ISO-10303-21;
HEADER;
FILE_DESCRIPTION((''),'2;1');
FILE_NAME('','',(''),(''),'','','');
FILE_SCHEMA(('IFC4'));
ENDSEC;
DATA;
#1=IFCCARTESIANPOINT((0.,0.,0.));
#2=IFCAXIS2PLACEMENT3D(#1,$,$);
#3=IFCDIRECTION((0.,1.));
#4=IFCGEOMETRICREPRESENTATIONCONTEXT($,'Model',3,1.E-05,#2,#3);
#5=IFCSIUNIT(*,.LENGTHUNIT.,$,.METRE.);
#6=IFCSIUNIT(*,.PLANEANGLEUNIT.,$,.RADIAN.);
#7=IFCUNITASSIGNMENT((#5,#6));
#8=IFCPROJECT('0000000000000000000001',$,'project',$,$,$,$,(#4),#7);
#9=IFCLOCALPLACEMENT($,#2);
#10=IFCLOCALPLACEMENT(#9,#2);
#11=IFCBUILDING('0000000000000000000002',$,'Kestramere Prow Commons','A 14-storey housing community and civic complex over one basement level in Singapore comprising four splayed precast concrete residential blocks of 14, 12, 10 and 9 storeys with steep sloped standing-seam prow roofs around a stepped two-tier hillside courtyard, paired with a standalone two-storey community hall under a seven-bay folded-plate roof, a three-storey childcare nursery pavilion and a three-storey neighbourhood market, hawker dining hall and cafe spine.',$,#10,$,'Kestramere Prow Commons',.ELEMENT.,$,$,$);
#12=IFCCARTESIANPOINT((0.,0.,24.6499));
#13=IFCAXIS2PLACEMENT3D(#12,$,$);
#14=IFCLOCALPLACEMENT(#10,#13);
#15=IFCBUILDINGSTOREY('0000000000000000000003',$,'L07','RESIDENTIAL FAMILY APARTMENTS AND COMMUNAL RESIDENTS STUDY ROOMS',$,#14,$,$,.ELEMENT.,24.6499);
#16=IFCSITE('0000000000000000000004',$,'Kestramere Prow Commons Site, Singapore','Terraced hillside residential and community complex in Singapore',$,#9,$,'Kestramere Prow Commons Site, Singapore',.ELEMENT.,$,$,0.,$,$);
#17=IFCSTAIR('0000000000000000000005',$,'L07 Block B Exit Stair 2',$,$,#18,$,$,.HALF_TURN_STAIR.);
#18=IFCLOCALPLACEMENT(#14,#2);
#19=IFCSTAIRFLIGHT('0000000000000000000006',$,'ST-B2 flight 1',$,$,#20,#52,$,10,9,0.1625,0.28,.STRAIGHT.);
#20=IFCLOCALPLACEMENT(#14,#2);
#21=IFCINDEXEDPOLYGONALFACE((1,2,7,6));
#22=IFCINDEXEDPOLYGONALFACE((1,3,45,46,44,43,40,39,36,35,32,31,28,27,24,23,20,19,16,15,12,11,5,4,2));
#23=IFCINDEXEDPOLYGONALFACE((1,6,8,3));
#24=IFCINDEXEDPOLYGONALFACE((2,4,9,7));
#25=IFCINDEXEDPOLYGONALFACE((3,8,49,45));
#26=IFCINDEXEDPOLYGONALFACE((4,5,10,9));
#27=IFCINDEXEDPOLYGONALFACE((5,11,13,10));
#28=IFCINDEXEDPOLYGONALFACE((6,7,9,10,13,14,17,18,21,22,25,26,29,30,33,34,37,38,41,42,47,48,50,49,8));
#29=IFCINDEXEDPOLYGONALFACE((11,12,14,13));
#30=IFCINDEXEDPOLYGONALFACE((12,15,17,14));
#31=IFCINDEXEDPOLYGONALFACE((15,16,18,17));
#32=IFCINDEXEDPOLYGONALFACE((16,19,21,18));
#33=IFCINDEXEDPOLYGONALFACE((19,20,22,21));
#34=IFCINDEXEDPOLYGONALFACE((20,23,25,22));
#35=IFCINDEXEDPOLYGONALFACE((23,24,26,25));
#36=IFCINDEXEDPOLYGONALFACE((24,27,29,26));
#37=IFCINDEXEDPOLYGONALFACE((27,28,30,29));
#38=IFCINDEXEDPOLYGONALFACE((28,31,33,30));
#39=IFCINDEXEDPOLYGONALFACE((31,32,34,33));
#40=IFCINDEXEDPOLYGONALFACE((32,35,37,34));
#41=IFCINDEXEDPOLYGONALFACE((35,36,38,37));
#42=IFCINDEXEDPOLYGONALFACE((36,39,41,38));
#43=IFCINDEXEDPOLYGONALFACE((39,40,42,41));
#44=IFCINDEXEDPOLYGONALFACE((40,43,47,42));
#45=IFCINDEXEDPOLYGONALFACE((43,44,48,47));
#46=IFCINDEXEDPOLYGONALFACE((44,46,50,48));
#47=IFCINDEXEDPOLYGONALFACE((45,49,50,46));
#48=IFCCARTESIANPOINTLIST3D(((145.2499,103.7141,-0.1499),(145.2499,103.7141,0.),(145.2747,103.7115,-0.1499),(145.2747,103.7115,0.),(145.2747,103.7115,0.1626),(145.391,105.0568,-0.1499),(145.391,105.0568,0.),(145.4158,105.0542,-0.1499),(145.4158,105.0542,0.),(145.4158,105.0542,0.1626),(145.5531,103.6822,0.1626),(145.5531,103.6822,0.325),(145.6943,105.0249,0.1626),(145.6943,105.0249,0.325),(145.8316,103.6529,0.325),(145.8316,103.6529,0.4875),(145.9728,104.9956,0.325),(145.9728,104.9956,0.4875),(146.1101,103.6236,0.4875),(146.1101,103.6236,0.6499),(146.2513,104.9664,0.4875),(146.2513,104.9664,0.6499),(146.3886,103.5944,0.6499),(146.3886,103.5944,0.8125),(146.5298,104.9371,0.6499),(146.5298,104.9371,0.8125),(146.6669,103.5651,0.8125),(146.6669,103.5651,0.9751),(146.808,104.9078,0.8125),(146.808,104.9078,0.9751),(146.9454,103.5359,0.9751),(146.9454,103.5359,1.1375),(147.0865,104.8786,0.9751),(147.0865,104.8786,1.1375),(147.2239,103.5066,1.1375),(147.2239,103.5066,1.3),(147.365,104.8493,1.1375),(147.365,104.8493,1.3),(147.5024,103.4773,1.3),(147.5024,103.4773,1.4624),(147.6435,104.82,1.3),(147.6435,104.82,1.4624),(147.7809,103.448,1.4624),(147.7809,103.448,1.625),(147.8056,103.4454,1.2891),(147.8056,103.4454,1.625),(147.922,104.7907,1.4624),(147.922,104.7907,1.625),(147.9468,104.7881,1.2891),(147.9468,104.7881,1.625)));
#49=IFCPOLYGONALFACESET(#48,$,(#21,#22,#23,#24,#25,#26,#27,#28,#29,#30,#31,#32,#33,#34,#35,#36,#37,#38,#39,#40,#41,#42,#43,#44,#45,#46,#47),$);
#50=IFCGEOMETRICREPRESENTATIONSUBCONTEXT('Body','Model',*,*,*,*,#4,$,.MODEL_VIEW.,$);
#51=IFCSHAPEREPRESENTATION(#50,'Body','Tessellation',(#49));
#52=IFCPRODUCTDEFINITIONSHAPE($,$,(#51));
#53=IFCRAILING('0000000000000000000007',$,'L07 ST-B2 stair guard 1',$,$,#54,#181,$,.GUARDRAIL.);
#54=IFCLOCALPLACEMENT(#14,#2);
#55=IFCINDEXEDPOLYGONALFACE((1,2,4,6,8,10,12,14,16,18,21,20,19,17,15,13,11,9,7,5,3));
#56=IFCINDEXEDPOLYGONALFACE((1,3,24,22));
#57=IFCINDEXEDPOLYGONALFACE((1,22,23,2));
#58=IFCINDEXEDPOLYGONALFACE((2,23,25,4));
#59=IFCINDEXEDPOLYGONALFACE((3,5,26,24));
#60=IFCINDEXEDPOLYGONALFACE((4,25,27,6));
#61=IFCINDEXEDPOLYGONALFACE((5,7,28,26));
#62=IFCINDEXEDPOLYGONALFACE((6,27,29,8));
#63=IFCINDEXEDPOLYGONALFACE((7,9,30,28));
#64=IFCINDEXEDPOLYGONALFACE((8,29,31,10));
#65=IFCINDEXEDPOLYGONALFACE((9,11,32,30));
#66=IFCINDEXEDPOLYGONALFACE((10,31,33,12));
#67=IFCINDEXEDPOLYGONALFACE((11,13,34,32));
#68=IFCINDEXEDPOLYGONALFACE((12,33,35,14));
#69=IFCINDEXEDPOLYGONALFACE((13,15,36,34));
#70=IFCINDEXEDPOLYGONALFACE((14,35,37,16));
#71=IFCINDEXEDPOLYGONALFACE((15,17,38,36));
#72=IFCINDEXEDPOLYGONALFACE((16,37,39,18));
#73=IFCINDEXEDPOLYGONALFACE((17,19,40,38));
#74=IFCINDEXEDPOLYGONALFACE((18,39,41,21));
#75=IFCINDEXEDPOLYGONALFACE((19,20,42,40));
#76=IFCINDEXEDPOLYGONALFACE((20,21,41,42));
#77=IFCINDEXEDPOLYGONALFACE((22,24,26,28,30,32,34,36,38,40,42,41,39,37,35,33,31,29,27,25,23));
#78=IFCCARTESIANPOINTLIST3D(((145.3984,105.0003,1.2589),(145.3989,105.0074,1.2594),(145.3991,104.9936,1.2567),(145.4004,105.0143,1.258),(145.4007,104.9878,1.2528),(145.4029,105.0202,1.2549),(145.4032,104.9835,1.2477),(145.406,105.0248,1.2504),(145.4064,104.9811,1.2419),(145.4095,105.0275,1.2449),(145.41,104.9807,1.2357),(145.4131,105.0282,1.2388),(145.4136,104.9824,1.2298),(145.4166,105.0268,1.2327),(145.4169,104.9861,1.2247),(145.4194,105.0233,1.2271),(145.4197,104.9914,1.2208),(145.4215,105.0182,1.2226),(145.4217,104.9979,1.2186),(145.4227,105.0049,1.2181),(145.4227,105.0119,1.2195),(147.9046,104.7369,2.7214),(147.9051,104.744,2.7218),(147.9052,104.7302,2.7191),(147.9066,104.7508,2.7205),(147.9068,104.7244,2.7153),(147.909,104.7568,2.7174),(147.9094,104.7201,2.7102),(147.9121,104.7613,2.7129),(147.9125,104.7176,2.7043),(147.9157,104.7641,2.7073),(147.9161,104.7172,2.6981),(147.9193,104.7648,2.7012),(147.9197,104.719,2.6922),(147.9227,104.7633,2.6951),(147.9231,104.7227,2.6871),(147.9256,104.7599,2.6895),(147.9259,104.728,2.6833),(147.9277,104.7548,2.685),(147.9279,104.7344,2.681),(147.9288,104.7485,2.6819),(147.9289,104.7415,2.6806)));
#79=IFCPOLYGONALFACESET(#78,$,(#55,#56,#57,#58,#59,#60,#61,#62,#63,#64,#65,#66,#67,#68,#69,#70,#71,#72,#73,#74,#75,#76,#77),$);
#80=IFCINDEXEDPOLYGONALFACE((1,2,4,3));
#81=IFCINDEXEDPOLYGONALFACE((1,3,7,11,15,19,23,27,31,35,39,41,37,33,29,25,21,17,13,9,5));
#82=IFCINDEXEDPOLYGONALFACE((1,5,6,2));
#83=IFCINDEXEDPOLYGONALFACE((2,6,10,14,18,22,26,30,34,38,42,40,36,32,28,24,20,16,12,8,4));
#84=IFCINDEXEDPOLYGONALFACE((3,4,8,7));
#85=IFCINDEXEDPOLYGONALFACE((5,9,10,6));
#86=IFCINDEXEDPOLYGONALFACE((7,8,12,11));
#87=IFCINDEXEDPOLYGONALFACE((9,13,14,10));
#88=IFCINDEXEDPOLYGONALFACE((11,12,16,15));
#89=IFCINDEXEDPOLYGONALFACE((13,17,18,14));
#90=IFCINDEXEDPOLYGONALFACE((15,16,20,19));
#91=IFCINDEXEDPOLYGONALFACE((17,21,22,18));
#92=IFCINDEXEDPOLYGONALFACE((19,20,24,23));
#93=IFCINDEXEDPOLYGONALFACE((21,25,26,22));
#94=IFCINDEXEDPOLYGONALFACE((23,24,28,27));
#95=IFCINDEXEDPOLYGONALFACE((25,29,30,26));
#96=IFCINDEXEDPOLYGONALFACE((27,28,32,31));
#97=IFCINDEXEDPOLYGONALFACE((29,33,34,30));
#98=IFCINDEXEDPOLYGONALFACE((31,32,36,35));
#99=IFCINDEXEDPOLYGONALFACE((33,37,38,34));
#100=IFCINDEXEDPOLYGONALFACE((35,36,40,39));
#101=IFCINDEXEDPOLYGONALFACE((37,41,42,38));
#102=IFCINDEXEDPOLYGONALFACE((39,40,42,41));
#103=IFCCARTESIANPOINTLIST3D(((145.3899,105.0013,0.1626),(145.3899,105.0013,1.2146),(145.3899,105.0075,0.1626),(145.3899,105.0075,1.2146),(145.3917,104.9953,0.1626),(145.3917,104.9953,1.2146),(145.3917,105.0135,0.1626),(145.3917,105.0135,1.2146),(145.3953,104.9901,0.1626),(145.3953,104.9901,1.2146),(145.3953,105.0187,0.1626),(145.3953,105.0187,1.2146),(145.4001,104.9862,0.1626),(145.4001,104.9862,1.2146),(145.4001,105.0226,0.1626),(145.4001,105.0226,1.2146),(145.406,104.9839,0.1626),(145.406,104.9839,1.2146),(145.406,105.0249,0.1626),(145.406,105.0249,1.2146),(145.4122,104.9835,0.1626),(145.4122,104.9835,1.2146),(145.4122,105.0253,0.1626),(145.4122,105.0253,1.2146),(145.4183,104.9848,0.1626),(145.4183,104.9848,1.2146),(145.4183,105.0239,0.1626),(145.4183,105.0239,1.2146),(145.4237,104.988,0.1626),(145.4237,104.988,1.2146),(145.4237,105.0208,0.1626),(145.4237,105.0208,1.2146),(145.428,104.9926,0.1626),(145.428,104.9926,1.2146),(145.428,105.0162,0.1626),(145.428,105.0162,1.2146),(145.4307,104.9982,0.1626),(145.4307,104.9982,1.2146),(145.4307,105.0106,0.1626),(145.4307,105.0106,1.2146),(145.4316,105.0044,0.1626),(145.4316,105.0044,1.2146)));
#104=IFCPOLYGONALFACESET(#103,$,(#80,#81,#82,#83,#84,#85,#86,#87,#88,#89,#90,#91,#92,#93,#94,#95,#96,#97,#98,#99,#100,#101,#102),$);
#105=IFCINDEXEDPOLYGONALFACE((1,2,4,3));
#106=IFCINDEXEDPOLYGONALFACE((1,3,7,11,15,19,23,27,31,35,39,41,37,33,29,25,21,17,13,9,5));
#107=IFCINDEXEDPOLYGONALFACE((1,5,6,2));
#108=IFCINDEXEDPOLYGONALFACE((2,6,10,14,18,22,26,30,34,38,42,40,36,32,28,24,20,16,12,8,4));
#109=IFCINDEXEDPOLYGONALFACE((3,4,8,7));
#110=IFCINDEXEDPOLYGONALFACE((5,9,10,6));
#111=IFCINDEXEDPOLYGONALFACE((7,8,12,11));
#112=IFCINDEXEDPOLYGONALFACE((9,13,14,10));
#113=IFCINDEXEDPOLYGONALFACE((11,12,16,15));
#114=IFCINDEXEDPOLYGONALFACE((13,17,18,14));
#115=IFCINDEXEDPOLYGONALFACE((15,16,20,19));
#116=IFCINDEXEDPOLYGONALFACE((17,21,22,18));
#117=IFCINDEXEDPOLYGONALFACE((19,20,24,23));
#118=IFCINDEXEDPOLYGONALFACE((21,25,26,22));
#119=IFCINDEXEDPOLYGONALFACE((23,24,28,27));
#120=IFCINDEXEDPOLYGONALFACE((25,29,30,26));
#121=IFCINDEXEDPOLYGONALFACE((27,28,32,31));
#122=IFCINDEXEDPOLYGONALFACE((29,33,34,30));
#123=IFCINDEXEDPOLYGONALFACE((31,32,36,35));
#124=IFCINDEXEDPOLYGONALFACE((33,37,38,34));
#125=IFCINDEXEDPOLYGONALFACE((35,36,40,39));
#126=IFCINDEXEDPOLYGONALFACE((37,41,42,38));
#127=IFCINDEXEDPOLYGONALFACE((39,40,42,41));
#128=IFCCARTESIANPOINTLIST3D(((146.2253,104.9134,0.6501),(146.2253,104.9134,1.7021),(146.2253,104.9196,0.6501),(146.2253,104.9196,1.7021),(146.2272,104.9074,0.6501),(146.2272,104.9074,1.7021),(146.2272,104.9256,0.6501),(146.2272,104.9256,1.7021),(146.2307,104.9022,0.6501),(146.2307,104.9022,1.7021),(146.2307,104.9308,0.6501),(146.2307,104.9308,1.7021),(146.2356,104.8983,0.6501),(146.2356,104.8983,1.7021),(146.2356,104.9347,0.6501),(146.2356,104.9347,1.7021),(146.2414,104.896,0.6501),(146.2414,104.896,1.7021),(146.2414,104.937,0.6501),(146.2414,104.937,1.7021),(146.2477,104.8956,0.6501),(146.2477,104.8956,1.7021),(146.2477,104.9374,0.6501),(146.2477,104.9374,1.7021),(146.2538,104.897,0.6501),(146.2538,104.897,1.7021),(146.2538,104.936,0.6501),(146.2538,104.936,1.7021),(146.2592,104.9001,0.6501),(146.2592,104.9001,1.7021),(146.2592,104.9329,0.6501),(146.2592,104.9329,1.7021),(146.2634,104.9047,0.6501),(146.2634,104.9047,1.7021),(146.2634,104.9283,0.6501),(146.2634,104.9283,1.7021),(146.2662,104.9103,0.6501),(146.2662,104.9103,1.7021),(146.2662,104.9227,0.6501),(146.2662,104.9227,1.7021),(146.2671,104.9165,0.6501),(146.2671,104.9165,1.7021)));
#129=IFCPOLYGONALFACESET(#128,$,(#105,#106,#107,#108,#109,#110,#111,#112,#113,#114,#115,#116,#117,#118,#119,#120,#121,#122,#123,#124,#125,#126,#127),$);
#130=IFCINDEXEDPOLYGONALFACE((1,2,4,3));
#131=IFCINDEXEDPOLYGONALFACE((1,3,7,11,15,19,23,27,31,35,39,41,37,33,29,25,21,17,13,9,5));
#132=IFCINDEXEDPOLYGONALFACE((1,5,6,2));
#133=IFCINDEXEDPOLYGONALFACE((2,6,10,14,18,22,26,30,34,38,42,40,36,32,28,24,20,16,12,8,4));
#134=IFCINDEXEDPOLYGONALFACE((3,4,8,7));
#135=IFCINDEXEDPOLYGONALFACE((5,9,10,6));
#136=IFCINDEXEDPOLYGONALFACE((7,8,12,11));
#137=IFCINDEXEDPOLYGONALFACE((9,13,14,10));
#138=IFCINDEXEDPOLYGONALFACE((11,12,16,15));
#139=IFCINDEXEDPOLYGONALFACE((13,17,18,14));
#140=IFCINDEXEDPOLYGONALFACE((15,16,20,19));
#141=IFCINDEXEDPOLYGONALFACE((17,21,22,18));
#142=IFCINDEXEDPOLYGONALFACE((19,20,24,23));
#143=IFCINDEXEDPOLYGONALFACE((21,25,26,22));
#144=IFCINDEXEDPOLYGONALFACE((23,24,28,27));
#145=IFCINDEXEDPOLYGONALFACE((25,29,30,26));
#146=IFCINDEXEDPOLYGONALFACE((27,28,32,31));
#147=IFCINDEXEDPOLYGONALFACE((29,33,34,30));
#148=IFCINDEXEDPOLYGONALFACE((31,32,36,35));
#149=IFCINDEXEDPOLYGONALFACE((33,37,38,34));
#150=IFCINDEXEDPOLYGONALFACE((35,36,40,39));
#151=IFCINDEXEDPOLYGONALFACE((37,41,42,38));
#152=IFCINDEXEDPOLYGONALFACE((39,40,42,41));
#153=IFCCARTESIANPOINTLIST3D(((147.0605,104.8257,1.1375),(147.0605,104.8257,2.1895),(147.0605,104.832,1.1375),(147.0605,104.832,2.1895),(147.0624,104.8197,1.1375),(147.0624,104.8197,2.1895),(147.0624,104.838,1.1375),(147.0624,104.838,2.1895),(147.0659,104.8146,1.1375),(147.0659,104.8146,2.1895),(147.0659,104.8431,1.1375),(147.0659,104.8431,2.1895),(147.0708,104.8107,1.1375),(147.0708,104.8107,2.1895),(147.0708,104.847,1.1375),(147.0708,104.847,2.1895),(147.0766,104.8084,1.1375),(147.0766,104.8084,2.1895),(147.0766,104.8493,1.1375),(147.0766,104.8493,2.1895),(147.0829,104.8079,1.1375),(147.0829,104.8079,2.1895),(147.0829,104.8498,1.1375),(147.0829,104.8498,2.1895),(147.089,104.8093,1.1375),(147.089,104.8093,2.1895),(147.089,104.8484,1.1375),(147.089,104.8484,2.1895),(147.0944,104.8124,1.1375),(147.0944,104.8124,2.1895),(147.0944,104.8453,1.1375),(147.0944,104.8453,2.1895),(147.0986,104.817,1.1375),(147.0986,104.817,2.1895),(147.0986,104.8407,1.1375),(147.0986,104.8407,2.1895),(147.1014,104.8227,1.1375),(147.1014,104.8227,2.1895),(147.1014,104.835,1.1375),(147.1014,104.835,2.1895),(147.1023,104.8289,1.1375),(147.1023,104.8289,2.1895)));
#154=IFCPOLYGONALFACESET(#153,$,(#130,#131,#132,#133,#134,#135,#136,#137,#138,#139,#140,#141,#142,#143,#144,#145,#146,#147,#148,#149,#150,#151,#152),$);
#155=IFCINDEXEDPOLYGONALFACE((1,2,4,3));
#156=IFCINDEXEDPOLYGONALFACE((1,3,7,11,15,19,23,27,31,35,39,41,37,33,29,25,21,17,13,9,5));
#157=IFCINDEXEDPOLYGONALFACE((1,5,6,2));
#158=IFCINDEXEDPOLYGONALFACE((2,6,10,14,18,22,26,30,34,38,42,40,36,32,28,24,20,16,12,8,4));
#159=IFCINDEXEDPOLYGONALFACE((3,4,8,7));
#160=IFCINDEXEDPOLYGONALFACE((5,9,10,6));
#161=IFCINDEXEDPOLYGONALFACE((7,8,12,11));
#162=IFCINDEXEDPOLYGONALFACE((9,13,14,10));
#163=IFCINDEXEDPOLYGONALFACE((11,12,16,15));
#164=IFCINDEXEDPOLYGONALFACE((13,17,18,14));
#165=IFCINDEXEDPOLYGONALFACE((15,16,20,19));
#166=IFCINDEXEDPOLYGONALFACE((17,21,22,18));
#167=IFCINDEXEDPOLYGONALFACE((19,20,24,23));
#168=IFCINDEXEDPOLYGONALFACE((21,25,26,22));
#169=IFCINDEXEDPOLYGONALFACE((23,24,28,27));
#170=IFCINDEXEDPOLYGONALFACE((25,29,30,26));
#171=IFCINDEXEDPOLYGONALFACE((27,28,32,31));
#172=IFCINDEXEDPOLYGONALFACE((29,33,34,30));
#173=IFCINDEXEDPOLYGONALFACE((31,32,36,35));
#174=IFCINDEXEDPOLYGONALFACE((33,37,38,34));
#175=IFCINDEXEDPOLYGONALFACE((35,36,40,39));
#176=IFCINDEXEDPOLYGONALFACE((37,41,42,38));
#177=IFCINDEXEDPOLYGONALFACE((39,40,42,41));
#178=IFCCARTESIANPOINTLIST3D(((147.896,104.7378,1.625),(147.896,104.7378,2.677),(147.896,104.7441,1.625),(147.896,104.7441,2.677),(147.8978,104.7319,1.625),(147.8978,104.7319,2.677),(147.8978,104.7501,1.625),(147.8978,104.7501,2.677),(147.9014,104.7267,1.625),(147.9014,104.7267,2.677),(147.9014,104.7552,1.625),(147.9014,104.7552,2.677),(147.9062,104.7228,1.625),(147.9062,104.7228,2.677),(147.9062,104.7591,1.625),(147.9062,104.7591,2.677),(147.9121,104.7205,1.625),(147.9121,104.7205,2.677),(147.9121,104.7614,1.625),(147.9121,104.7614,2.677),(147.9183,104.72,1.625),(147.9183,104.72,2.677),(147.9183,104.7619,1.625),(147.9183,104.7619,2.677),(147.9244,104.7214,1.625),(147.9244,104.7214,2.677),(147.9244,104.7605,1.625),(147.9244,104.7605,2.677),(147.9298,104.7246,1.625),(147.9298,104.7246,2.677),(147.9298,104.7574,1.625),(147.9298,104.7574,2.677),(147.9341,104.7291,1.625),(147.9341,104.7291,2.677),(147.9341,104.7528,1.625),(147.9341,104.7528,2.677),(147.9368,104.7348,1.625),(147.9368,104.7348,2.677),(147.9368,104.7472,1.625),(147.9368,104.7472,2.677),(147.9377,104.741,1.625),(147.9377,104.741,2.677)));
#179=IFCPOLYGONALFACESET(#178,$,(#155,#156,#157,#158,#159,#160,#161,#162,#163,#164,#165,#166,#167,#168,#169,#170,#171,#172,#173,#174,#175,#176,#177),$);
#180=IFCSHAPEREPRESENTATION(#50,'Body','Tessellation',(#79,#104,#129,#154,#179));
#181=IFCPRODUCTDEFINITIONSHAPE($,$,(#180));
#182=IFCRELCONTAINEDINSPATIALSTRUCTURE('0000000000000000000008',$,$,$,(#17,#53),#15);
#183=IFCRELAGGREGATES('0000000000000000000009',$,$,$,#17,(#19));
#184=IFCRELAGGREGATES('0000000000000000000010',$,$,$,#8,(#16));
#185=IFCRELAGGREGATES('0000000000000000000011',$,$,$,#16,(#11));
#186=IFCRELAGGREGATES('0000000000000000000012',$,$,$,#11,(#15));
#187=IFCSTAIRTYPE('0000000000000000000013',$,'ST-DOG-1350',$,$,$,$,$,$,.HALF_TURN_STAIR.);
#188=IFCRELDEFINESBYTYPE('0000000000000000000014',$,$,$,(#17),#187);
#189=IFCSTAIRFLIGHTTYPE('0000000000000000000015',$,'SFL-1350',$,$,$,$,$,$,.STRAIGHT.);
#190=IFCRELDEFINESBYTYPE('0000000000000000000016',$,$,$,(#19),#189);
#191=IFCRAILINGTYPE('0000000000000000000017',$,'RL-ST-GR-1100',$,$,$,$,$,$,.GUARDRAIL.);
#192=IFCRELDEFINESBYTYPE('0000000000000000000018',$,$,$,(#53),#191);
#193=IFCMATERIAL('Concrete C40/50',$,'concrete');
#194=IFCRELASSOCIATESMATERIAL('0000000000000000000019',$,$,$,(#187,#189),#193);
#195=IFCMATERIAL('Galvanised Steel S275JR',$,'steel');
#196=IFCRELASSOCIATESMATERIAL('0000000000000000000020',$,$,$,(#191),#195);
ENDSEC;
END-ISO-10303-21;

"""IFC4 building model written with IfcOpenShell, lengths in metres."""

from ifc_helpers import new_model, si_unit, direction, frame, origin, origin_2d, place, context, subcontext, project, spatial, polyline, circle, outline, extrude, material, type_object, element, aggregate, save


model = new_model("IFC4")

# Units and contexts
model_context = context("Model", 3, precision=1e-05, world=origin(), true_north=direction((0.0, 1.0)))
body_context = subcontext(model_context, "Body", "Model", "MODEL_VIEW")
ifc_project = project(units=[si_unit("LENGTHUNIT", "METRE"), si_unit("PLANEANGLEUNIT", "RADIAN")], contexts=[model_context])

# Site, building, storey
site_placement = place(None, origin())
site = spatial("IfcSite", under=ifc_project, at=site_placement, Name="Kestramere Prow Commons Site, Singapore", Description="Terraced hillside residential and community complex in Singapore", LongName="Kestramere Prow Commons Site, Singapore", CompositionType="ELEMENT", RefElevation=0.0)
building_placement = place(site_placement, origin())
building = spatial("IfcBuilding", under=site, at=building_placement, Name="Kestramere Prow Commons", Description="A 14-storey housing community and civic complex over one basement level in Singapore comprising four splayed precast concrete residential blocks of 14, 12, 10 and 9 storeys with steep sloped standing-seam prow roofs around a stepped two-tier hillside courtyard, paired with a standalone two-storey community hall under a seven-bay folded-plate roof, a three-storey childcare nursery pavilion and a three-storey neighbourhood market, hawker dining hall and cafe spine.", LongName="Kestramere Prow Commons", CompositionType="ELEMENT")
storey_placement = place(building_placement, frame((0.0, 0.0, 24.6499)))
storey = spatial("IfcBuildingStorey", under=building, at=storey_placement, Name="L07", Description="RESIDENTIAL FAMILY APARTMENTS AND COMMUNAL RESIDENTS STUDY ROOMS", CompositionType="ELEMENT", Elevation=24.6499)

# Shared definitions
ifc_material_1 = material(Name="Concrete C40/50", Category="concrete")

# Stair, stair flight
stair_type = type_object("IfcStairType", Name="ST-DOG-1350", PredefinedType="HALF_TURN_STAIR", material=ifc_material_1)
stair_placement = place(storey_placement, origin())
stair = element("IfcStair", 1, at=stair_placement, inside=storey, type_object=stair_type, Name="L07 Block B Exit Stair 2", PredefinedType="HALF_TURN_STAIR")
stair_flight_type = type_object("IfcStairFlightType", Name="SFL-1350", PredefinedType="STRAIGHT", material=ifc_material_1)
stair_flight_placement = place(storey_placement, frame((145.3452, 104.3828, 0.0), z_axis=(0.0, 0.0, 1.0), x_axis=(0.994522, -0.104528, 0.0)))
stair_flight = element("IfcStairFlight", 2, at=stair_flight_placement, type_object=stair_flight_type, Name="ST-B2 flight 1", NumberOfRisers=10, NumberOfTreads=9, PredefinedType="STRAIGHT", RiserHeight=0.1625, TreadLength=0.28, context=body_context, shape_type="SweptSolid", body=[
    extrude(outline(polyline([(-0.0249, 0.0), (0.0, 0.0), (0.0, 0.1626), (0.28, 0.1626), (0.28, 0.325), (0.5601, 0.325), (0.5601, 0.4875), (0.8401, 0.4875), (0.8401, 0.6499), (1.1201, 0.6499), (1.1201, 0.8125), (1.3999, 0.8125), (1.3999, 0.9751), (1.6799, 0.9751), (1.6799, 1.1375), (1.96, 1.1375), (1.96, 1.3), (2.24, 1.3), (2.24, 1.4624), (2.52, 1.4624), (2.52, 1.625), (2.5449, 1.625), (2.5449, 1.2891), (0.0, -0.1499), (-0.0249, -0.1499), (-0.0249, 0.0)])), frame((0.0, 0.675, 0.0), z_axis=(0.0, -1.0, 0.0), x_axis=(1.0, 0.0, 0.0)), (0.0, 0.0, 1.0), 1.3501),
])
aggregate(stair, [stair_flight])

# Railing
ifc_material_2 = material(Name="Galvanised Steel S275JR", Category="steel")
railing_type_1 = type_object("IfcRailingType", Name="RL-ST-GR-1100", PredefinedType="GUARDRAIL", material=ifc_material_2)
railing_1_placement = place(storey_placement, frame((145.4106, 105.0044, 0.1626)))
element("IfcRailing", 3, at=railing_1_placement, inside=storey, type_object=railing_type_1, Name="L07 ST-B2 stair guard 1", PredefinedType="GUARDRAIL", context=body_context, shape_type="SweptSolid", body=[
    extrude(circle(Radius=0.0239, at=origin_2d()), frame((0.0, 0.0, 1.0762), z_axis=(0.860165, -0.090416, 0.501937), x_axis=(0.104539, 0.994521, 0.0)), (0.0, 0.0, 1.0), 2.9136),
    extrude(circle(Radius=0.021, at=origin_2d()), origin(), (0.0, 0.0, 1.0), 1.052),
    extrude(circle(Radius=0.021, at=origin_2d()), frame((0.8354, -0.0879, 0.4875)), (0.0, 0.0, 1.0), 1.052),
    extrude(circle(Radius=0.021, at=origin_2d()), frame((1.6707, -0.1755, 0.9749)), (0.0, 0.0, 1.0), 1.052),
    extrude(circle(Radius=0.021, at=origin_2d()), frame((2.5061, -0.2634, 1.4624)), (0.0, 0.0, 1.0), 1.052),
])

save(model, "model.ifc")
